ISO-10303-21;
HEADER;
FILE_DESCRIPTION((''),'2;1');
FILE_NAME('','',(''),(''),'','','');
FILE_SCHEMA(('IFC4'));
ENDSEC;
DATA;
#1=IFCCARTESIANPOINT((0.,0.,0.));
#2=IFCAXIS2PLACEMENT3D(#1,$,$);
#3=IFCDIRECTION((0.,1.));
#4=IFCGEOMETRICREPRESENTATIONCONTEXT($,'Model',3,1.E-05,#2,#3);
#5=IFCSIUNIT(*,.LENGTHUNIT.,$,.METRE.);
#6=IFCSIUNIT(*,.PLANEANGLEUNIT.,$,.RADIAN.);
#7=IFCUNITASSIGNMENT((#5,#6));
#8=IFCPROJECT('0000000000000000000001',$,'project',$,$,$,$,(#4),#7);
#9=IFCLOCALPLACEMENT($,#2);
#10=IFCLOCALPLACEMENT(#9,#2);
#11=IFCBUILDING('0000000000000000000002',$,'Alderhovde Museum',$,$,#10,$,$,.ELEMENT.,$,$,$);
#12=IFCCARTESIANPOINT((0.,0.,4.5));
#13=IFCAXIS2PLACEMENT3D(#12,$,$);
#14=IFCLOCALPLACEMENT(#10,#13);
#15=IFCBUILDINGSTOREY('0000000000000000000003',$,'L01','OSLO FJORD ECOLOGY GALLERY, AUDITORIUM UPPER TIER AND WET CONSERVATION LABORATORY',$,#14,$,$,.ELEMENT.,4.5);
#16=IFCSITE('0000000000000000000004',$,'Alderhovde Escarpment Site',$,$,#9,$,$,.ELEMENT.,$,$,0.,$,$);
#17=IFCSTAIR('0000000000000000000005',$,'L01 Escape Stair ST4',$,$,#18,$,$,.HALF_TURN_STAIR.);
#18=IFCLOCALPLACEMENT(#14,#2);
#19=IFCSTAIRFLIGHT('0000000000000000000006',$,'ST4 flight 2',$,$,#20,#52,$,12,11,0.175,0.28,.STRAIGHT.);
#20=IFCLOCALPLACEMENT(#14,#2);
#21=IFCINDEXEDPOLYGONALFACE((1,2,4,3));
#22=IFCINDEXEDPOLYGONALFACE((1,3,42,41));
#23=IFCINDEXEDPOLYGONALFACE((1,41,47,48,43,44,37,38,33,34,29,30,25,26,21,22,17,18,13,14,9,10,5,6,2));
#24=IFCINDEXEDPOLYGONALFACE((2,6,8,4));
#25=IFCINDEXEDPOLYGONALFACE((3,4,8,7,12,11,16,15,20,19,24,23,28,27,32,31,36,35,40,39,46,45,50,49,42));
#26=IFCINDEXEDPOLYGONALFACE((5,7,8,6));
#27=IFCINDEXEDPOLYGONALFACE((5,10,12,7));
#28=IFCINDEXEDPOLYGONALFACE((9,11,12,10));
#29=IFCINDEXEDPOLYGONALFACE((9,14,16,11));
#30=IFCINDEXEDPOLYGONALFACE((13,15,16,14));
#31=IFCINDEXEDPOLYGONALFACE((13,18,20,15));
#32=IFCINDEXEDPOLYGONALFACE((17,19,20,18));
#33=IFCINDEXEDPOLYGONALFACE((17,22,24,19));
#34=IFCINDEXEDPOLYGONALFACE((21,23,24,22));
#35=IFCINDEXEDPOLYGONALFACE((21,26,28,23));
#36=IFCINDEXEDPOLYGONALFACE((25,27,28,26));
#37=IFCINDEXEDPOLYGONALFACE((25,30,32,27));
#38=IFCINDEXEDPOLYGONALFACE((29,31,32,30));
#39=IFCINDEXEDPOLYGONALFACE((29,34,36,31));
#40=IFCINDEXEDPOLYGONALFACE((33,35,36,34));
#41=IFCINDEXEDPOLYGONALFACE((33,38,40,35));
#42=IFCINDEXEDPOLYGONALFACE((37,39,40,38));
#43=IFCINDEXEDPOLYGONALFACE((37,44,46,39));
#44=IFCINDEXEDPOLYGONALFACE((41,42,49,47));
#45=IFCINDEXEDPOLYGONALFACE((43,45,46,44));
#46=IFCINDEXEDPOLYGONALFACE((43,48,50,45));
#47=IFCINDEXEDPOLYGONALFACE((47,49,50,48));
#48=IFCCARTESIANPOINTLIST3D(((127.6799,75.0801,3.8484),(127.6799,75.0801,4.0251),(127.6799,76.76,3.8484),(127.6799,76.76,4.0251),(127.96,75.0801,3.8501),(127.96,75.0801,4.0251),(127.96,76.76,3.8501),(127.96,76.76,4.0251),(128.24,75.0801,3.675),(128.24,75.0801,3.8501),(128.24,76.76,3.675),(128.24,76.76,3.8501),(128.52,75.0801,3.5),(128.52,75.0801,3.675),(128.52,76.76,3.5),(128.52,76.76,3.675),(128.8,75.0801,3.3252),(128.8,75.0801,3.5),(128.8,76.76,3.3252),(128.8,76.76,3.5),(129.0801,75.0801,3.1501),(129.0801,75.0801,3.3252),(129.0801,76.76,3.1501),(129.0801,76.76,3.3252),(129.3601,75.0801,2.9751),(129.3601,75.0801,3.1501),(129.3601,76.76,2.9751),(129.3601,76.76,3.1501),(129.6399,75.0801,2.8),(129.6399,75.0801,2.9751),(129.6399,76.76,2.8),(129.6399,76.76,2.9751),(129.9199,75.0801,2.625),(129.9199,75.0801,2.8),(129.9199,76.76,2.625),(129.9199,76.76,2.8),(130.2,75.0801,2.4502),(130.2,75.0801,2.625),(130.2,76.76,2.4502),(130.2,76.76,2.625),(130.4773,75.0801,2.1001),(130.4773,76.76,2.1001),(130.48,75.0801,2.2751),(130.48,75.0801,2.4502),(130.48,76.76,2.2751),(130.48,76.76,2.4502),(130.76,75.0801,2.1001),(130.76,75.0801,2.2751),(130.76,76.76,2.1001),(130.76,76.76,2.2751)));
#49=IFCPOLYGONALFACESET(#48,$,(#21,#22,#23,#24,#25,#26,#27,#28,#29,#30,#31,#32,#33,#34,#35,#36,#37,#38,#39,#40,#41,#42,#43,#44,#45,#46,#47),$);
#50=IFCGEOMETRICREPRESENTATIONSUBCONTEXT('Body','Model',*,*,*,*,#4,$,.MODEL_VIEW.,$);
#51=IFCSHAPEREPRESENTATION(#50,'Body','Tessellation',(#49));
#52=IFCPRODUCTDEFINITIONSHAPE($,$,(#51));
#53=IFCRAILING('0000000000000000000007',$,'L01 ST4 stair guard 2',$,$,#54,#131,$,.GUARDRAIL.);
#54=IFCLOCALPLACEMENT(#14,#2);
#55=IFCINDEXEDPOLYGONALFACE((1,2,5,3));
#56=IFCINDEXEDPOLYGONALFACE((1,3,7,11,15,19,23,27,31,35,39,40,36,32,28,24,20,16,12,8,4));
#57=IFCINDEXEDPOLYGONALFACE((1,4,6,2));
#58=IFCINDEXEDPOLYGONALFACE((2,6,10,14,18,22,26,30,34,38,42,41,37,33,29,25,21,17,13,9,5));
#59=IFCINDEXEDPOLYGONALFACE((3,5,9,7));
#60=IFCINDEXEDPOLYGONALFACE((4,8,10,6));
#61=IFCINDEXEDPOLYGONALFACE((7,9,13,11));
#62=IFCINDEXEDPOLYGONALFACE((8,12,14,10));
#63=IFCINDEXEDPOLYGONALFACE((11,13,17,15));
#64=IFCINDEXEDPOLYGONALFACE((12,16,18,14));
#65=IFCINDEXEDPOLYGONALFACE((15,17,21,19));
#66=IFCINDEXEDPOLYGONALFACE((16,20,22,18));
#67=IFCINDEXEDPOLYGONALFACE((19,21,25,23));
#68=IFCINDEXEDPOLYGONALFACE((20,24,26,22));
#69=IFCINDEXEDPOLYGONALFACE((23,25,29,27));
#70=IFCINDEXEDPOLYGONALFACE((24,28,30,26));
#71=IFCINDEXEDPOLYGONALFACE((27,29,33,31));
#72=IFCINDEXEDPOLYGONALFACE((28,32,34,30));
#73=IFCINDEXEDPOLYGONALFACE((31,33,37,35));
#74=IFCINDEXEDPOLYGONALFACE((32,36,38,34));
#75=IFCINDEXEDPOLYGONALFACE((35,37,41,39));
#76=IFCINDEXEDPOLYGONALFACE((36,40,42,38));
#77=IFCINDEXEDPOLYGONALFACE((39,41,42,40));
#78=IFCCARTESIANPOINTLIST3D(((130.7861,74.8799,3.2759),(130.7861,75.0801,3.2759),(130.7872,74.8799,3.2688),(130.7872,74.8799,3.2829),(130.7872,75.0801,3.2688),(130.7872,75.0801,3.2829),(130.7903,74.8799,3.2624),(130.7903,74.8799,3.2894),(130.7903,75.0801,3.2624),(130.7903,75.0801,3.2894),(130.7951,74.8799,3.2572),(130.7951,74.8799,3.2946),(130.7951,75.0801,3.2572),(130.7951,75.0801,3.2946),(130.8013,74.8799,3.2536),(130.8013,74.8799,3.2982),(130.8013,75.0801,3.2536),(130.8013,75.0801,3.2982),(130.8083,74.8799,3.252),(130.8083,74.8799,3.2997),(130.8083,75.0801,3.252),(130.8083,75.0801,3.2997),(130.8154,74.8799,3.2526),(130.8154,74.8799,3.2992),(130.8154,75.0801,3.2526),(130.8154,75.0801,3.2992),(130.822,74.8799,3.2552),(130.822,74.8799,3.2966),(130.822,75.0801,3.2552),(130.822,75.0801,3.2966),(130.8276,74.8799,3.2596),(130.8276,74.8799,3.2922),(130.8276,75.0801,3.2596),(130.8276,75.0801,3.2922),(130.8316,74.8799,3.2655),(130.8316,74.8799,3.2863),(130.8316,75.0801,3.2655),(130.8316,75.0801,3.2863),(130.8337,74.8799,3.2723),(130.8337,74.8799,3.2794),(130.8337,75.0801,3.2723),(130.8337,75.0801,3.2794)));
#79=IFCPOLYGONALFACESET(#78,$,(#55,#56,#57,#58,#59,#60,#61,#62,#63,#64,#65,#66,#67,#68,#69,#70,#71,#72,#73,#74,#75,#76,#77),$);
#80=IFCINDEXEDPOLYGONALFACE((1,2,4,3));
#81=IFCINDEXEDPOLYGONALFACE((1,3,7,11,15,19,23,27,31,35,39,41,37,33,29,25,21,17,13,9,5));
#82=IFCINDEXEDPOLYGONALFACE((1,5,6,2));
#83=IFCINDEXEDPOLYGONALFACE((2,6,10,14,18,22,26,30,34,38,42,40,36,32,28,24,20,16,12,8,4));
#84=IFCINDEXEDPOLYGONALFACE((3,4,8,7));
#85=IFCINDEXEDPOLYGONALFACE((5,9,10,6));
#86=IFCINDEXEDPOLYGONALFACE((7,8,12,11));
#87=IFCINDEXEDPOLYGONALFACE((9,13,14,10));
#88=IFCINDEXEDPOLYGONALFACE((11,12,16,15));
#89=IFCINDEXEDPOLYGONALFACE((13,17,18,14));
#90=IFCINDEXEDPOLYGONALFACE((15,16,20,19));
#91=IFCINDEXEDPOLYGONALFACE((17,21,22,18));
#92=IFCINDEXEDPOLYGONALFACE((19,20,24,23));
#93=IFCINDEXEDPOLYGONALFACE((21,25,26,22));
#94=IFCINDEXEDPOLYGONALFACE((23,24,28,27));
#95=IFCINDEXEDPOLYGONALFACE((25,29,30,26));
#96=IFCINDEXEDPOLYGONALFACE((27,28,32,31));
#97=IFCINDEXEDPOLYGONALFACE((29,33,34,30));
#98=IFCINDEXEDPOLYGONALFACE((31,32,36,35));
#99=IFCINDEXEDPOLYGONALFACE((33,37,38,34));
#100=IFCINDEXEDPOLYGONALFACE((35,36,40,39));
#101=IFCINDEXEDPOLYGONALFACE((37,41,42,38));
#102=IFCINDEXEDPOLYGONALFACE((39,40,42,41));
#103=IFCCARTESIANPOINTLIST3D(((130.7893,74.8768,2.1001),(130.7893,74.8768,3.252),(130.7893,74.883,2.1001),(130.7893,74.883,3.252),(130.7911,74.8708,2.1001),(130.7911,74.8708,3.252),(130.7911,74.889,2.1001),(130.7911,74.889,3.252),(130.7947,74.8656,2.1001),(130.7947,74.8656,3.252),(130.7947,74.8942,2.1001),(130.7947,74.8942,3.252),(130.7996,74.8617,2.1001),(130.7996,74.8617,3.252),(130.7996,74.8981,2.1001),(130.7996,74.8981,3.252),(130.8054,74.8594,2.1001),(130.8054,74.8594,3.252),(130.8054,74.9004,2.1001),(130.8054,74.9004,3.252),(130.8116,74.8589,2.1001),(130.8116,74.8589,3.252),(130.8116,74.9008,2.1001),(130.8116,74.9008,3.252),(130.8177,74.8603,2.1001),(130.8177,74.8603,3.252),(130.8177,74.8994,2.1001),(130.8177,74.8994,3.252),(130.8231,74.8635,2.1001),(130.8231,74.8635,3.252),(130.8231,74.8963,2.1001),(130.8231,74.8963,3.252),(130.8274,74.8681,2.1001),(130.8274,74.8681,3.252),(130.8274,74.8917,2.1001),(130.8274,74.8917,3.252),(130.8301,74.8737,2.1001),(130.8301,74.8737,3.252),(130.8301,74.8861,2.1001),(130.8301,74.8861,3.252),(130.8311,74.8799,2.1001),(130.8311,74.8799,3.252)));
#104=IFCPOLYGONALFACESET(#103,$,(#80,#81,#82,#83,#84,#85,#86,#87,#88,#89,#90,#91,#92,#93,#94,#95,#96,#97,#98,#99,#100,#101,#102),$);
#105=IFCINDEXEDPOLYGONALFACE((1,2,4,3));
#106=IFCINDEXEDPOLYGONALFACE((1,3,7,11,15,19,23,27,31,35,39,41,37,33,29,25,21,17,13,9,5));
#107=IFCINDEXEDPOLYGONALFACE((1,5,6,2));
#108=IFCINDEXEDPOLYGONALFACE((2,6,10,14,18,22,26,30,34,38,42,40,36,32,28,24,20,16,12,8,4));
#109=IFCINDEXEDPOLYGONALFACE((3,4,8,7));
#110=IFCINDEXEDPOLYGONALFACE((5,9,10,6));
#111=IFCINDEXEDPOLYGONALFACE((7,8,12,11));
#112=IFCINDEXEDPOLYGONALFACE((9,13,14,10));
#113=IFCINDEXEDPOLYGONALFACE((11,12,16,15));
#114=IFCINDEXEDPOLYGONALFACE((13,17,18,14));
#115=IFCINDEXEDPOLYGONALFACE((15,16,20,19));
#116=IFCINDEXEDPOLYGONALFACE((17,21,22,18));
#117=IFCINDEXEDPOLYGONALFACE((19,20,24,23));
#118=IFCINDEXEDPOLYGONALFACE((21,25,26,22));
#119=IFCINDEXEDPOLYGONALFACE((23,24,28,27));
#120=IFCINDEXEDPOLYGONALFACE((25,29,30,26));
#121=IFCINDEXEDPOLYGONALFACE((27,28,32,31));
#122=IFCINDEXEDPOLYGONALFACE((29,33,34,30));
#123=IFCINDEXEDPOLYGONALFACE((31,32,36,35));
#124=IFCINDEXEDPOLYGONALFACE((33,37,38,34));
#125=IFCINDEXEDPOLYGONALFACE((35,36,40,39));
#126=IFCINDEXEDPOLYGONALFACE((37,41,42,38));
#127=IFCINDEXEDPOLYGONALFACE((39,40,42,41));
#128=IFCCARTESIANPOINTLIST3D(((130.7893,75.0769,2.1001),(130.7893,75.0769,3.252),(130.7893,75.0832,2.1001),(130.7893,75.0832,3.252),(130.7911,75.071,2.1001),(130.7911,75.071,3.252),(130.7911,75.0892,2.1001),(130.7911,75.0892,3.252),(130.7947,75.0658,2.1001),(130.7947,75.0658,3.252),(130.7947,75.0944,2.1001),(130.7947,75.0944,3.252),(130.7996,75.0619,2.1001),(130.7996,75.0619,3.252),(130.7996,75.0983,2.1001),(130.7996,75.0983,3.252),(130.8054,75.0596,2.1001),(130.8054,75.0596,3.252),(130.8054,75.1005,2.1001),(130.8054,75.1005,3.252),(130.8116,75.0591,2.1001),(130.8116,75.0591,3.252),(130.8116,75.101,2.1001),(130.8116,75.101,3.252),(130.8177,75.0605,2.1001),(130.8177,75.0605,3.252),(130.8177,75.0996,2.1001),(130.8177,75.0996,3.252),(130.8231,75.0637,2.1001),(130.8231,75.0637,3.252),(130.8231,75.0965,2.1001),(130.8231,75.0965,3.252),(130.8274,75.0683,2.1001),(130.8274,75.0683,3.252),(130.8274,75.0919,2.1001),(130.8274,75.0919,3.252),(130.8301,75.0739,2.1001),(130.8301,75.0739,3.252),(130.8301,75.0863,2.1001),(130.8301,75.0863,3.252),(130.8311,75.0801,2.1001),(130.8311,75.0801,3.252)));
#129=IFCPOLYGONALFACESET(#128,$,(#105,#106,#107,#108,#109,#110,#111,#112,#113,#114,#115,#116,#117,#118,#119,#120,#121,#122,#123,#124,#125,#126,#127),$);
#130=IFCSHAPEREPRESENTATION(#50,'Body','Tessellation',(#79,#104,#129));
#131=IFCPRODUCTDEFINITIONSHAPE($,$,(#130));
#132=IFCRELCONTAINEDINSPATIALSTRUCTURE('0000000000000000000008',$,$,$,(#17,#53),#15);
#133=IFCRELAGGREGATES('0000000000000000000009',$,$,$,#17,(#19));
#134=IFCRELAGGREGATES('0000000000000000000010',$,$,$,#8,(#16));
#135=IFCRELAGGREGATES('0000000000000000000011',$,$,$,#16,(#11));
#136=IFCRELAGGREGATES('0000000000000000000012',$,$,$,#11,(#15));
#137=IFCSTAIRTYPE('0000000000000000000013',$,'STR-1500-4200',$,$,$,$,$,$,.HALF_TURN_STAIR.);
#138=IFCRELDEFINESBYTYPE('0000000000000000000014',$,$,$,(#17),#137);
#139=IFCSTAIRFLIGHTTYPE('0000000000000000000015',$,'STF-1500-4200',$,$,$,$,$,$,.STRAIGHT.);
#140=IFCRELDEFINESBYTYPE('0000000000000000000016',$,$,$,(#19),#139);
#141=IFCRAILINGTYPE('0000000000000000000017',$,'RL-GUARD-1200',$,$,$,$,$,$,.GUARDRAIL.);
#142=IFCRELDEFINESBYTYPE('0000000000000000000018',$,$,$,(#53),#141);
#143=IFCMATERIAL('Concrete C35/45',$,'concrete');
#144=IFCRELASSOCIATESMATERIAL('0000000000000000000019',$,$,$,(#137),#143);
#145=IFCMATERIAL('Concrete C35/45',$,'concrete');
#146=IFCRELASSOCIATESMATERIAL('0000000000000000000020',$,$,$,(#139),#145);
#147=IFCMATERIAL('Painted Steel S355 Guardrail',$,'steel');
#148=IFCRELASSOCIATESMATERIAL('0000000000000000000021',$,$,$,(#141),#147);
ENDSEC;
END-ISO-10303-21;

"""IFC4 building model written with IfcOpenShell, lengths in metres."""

from ifc_helpers import new_model, si_unit, direction, frame, origin, origin_2d, place, context, subcontext, project, spatial, polyline, circle, outline, extrude, material, type_object, element, aggregate, save


model = new_model("IFC4")

# Units and contexts
model_context = context("Model", 3, precision=1e-05, world=origin(), true_north=direction((0.0, 1.0)))
body_context = subcontext(model_context, "Body", "Model", "MODEL_VIEW")
ifc_project = project(units=[si_unit("LENGTHUNIT", "METRE"), si_unit("PLANEANGLEUNIT", "RADIAN")], contexts=[model_context])

# Site, building, storey
site_placement = place(None, origin())
site = spatial("IfcSite", under=ifc_project, at=site_placement, Name="Alderhovde Escarpment Site", CompositionType="ELEMENT", RefElevation=0.0)
building_placement = place(site_placement, origin())
building = spatial("IfcBuilding", under=site, at=building_placement, Name="Alderhovde Museum", CompositionType="ELEMENT")
storey_placement = place(building_placement, frame((0.0, 0.0, 4.5)))
storey = spatial("IfcBuildingStorey", under=building, at=storey_placement, Name="L01", Description="OSLO FJORD ECOLOGY GALLERY, AUDITORIUM UPPER TIER AND WET CONSERVATION LABORATORY", CompositionType="ELEMENT", Elevation=4.5)

# Stair, stair flight
ifc_material_1 = material(Name="Concrete C35/45", Category="concrete")
stair_type = type_object("IfcStairType", Name="STR-1500-4200", PredefinedType="HALF_TURN_STAIR", material=ifc_material_1)
stair_placement = place(storey_placement, origin())
stair = element("IfcStair", 1, at=stair_placement, inside=storey, type_object=stair_type, Name="L01 Escape Stair ST4", PredefinedType="HALF_TURN_STAIR")
ifc_material_2 = material(Name="Concrete C35/45", Category="concrete")
stair_flight_type = type_object("IfcStairFlightType", Name="STF-1500-4200", PredefinedType="STRAIGHT", material=ifc_material_2)
stair_flight_placement = place(storey_placement, frame((130.76, 75.9199, 2.1001), z_axis=(0.0, 0.0, 1.0), x_axis=(-1.0, 0.0, 0.0)))
stair_flight = element("IfcStairFlight", 2, at=stair_flight_placement, type_object=stair_flight_type, Name="ST4 flight 2", NumberOfRisers=12, NumberOfTreads=11, PredefinedType="STRAIGHT", RiserHeight=0.175, TreadLength=0.28, context=body_context, shape_type="SweptSolid", body=[
    extrude(outline(polyline([(0.0, 0.0), (0.0, 0.175), (0.28, 0.175), (0.28, 0.3501), (0.5601, 0.3501), (0.5601, 0.5249), (0.8401, 0.5249), (0.8401, 0.7), (1.1201, 0.7), (1.1201, 0.875), (1.3999, 0.875), (1.3999, 1.05), (1.6799, 1.05), (1.6799, 1.2251), (1.96, 1.2251), (1.96, 1.3999), (2.24, 1.3999), (2.24, 1.575), (2.52, 1.575), (2.52, 1.75), (2.8, 1.75), (2.8, 1.925), (3.0801, 1.925), (3.0801, 2.1001), (3.0801, 1.7483), (0.2827, 0.0), (0.0, 0.0)])), frame((0.0, 0.8398, 0.0), z_axis=(0.0, -1.0, 0.0), x_axis=(1.0, 0.0, 0.0)), (0.0, 0.0, 1.0), 1.6799),
])
aggregate(stair, [stair_flight])

# Railing
ifc_material_3 = material(Name="Painted Steel S355 Guardrail", Category="steel")
railing_type_1 = type_object("IfcRailingType", Name="RL-GUARD-1200", PredefinedType="GUARDRAIL", material=ifc_material_3)
railing_1_placement = place(storey_placement, frame((130.8101, 74.8799, 2.1001)))
element("IfcRailing", 3, at=railing_1_placement, inside=storey, type_object=railing_type_1, Name="L01 ST4 stair guard 2", PredefinedType="GUARDRAIL", context=body_context, shape_type="SweptSolid", body=[
    extrude(circle(Radius=0.0239, at=origin_2d()), frame((0.0, 0.0, 1.1758), z_axis=(0.0, 1.0, 0.0), x_axis=(-1.0, 0.0, 0.0)), (0.0, 0.0, 1.0), 0.2002),
    extrude(circle(Radius=0.021, at=origin_2d()), origin(), (0.0, 0.0, 1.0), 1.1519),
    extrude(circle(Radius=0.021, at=origin_2d()), frame((0.0, 0.2002, 0.0)), (0.0, 0.0, 1.0), 1.1519),
])

save(model, "model.ifc")
